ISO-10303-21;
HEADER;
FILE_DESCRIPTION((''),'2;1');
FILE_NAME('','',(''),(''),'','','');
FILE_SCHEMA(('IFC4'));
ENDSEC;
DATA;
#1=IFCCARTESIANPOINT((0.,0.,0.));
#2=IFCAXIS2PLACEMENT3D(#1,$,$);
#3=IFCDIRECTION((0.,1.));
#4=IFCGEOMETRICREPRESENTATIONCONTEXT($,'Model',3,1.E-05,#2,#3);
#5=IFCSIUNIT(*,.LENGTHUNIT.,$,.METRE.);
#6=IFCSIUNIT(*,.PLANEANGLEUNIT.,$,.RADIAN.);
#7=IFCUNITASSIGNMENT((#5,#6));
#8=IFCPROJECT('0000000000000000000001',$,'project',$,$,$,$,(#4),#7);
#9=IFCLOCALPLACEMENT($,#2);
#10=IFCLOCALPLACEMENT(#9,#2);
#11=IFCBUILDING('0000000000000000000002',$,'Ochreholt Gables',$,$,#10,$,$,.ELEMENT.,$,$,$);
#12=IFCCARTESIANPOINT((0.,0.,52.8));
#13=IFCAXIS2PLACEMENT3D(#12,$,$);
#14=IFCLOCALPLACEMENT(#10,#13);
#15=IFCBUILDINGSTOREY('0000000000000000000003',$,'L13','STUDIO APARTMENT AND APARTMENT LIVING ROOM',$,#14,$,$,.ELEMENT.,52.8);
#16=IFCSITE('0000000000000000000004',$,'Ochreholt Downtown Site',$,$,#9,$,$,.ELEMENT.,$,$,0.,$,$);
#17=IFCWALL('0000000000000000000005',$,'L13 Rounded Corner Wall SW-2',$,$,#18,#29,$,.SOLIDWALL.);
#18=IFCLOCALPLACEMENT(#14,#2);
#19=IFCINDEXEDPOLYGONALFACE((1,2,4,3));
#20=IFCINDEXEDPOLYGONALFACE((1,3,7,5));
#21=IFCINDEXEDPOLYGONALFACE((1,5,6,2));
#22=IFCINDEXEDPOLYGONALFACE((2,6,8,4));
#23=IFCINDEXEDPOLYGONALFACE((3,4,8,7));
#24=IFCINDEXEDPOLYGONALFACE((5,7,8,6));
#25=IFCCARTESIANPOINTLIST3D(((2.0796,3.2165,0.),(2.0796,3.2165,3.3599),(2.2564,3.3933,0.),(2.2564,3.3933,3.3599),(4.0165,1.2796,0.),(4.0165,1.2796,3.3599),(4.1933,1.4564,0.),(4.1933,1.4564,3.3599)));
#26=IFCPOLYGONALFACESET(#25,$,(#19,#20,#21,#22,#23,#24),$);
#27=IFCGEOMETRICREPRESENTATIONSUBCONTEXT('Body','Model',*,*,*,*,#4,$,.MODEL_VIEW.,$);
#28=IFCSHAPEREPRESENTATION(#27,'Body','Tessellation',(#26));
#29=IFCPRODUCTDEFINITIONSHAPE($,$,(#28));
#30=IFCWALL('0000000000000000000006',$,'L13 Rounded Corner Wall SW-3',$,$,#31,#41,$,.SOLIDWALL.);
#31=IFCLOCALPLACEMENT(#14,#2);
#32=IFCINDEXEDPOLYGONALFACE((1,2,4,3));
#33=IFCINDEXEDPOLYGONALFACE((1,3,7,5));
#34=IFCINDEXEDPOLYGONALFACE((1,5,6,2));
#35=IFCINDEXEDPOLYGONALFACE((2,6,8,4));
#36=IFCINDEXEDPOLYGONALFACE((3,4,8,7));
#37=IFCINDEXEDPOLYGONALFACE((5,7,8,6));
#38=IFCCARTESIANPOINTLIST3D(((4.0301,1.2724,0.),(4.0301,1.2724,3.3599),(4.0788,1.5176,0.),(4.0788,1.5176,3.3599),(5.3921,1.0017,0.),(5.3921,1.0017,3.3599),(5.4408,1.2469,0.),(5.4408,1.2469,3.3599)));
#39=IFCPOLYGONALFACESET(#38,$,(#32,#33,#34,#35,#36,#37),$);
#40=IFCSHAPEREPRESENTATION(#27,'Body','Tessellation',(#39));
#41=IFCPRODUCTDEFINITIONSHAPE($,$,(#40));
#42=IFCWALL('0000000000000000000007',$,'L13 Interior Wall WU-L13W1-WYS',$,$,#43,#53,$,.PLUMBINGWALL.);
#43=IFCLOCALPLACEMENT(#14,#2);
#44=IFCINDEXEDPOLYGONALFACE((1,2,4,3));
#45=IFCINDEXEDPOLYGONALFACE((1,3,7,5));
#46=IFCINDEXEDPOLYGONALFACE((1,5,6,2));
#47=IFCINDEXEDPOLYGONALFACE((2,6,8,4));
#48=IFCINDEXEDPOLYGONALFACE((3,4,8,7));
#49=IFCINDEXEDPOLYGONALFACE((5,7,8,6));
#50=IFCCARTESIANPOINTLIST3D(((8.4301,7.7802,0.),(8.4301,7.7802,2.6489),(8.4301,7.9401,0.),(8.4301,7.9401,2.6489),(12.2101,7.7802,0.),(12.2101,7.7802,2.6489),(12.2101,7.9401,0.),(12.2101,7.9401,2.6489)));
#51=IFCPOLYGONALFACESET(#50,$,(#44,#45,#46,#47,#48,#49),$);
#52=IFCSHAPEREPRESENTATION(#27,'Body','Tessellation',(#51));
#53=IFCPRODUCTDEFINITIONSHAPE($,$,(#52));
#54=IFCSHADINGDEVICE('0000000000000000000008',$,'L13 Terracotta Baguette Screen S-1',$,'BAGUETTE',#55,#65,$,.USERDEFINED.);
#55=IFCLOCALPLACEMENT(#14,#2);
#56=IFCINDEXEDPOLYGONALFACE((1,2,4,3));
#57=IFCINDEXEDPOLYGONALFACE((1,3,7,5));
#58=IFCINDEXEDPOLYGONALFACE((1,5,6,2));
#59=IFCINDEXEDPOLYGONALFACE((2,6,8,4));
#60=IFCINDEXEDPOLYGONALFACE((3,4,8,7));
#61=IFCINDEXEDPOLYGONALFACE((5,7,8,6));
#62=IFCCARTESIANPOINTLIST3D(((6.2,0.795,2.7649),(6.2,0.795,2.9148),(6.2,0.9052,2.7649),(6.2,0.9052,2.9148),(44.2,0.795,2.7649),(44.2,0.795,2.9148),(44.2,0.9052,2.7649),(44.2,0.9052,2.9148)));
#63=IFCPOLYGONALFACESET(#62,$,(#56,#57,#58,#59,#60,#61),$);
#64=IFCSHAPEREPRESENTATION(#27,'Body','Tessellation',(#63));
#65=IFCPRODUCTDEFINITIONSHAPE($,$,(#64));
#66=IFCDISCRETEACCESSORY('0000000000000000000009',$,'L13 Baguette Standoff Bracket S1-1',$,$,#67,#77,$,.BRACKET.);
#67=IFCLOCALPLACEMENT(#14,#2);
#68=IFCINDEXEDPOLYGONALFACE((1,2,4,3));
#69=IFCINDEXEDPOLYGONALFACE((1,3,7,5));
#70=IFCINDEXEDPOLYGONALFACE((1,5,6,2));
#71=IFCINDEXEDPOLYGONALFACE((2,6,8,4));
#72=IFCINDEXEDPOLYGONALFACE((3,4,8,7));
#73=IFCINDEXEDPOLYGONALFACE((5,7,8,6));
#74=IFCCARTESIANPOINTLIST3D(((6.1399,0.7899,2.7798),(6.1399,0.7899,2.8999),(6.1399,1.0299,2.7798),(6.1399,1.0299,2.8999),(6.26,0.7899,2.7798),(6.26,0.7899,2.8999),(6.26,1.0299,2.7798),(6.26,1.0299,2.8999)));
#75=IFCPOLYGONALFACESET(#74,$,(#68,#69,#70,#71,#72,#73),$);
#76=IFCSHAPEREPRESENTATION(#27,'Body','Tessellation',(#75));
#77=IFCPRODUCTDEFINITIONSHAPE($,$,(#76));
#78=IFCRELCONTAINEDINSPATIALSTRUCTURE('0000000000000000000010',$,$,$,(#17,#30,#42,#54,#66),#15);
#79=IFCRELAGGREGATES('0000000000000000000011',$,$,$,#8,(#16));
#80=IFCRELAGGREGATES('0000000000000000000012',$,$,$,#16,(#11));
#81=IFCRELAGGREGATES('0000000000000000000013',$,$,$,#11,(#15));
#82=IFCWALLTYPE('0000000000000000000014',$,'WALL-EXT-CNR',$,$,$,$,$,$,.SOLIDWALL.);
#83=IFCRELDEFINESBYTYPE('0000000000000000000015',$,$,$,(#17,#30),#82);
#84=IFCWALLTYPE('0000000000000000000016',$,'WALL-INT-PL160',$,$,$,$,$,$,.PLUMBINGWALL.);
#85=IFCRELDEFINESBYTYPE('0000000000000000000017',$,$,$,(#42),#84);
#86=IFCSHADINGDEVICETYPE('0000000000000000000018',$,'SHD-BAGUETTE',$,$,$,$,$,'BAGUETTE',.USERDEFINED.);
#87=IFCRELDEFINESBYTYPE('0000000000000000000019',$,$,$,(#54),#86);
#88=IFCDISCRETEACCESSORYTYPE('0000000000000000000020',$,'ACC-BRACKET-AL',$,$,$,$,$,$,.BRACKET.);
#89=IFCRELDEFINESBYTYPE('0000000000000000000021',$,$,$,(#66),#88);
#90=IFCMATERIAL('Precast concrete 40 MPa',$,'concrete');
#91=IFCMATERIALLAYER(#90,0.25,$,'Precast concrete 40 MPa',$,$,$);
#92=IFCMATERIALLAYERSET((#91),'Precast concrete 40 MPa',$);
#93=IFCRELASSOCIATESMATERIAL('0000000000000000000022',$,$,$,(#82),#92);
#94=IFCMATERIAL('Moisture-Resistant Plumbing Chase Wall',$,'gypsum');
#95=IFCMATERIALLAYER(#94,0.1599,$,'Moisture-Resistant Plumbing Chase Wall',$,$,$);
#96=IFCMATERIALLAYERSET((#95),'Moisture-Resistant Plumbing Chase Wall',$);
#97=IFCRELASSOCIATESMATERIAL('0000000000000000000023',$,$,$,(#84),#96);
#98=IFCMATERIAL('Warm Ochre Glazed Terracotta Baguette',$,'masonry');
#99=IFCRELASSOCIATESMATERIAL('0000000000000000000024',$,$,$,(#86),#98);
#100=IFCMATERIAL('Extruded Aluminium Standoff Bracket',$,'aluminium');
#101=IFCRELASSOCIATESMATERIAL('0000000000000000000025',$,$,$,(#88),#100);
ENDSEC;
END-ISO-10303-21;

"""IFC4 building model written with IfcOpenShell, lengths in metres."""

from ifc_helpers import new_model, si_unit, direction, frame, frame_2d, origin, origin_2d, place, context, subcontext, project, spatial, rectangle, extrude, material, layer, layer_set, material_profile, profile_set, type_object, element, save


model = new_model("IFC4")

# Units and contexts
model_context = context("Model", 3, precision=1e-05, world=origin(), true_north=direction((0.0, 1.0)))
body_context = subcontext(model_context, "Body", "Model", "MODEL_VIEW")
ifc_project = project(units=[si_unit("LENGTHUNIT", "METRE"), si_unit("PLANEANGLEUNIT", "RADIAN")], contexts=[model_context])

# Site, building, storey
site_placement = place(None, origin())
site = spatial("IfcSite", under=ifc_project, at=site_placement, Name="Ochreholt Downtown Site", CompositionType="ELEMENT", RefElevation=0.0)
building_placement = place(site_placement, origin())
building = spatial("IfcBuilding", under=site, at=building_placement, Name="Ochreholt Gables", CompositionType="ELEMENT")
storey_placement = place(building_placement, frame((0.0, 0.0, 52.8)))
storey = spatial("IfcBuildingStorey", under=building, at=storey_placement, Name="L13", Description="STUDIO APARTMENT AND APARTMENT LIVING ROOM", CompositionType="ELEMENT", Elevation=52.8)

# Shared definitions
ifc_material_1 = material(Name="Precast concrete 40 MPa", Category="concrete")

# Walls
ifc_layer_1 = layer(ifc_material_1, 0.25, Name="Precast concrete 40 MPa")
ifc_layer_set_1 = layer_set([ifc_layer_1], Name="Precast concrete 40 MPa")
wall_type_1 = type_object("IfcWallType", Name="WALL-EXT-CNR", PredefinedType="SOLIDWALL", material=ifc_layer_set_1)
wall_1_placement = place(storey_placement, frame((2.168, 3.3049, 0.0), z_axis=(0.0, 0.0, 1.0), x_axis=(0.707107, -0.707107, 0.0)))
element("IfcWall", 1, at=wall_1_placement, inside=storey, type_object=wall_type_1, Name="L13 Rounded Corner Wall SW-2", PredefinedType="SOLIDWALL", context=body_context, shape_type="SweptSolid", body=[
    extrude(rectangle(XDim=2.7393, YDim=0.25, at=frame_2d((1.3696, 0.0))), origin(), (0.0, 0.0, 1.0), 3.3599),
])
wall_2_placement = place(storey_placement, frame((4.0544, 1.395, 0.0), z_axis=(0.0, 0.0, 1.0), x_axis=(0.98081, -0.194967, 0.0)))
element("IfcWall", 2, at=wall_2_placement, inside=storey, type_object=wall_type_1, Name="L13 Rounded Corner Wall SW-3", PredefinedType="SOLIDWALL", context=body_context, shape_type="SweptSolid", body=[
    extrude(rectangle(XDim=1.3887, YDim=0.25, at=frame_2d((0.6943, 0.0))), origin(), (0.0, 0.0, 1.0), 3.3599),
])
ifc_material_2 = material(Name="Moisture-Resistant Plumbing Chase Wall", Category="gypsum")
ifc_layer_2 = layer(ifc_material_2, 0.1599, Name="Moisture-Resistant Plumbing Chase Wall")
ifc_layer_set_2 = layer_set([ifc_layer_2], Name="Moisture-Resistant Plumbing Chase Wall")
wall_type_2 = type_object("IfcWallType", Name="WALL-INT-PL160", PredefinedType="PLUMBINGWALL", material=ifc_layer_set_2)
wall_3_placement = place(storey_placement, frame((8.4299, 7.8601, 0.0), z_axis=(0.0, 0.0, 1.0), x_axis=(1.0, 0.0, 0.0)))
element("IfcWall", 3, at=wall_3_placement, inside=storey, type_object=wall_type_2, Name="L13 Interior Wall WU-L13W1-WYS", PredefinedType="PLUMBINGWALL", context=body_context, shape_type="SweptSolid", body=[
    extrude(rectangle(XDim=3.78, YDim=0.1599, at=frame_2d((1.8901, 0.0))), origin(), (0.0, 0.0, 1.0), 2.6489),
])

# Shading device
ifc_material_3 = material(Name="Warm Ochre Glazed Terracotta Baguette", Category="masonry")
ifc_material_profile_1 = material_profile(ifc_material_3, rectangle(XDim=0.1101, YDim=0.1499, at=origin_2d()), Name="TCBAG110X150")
ifc_profile_set_1 = profile_set([ifc_material_profile_1], Name="Warm Ochre Glazed Terracotta Baguette")
shading_device_type = type_object("IfcShadingDeviceType", Name="SHD-BAGUETTE", ElementType="BAGUETTE", PredefinedType="USERDEFINED", material=ifc_profile_set_1)
shading_device_placement = place(storey_placement, frame((6.2, 0.8501, 2.8398), z_axis=(1.0, 0.0, 0.0), x_axis=(0.0, 1.0, 0.0)))
element("IfcShadingDevice", 4, at=shading_device_placement, inside=storey, type_object=shading_device_type, Name="L13 Terracotta Baguette Screen S-1", ObjectType="BAGUETTE", PredefinedType="USERDEFINED", context=body_context, shape_type="SweptSolid", body=[
    extrude(rectangle(XDim=0.1101, YDim=0.1499, at=origin_2d()), origin(), (0.0, 0.0, 1.0), 38.0),
])

# Discrete accessory
ifc_material_4 = material(Name="Extruded Aluminium Standoff Bracket", Category="aluminium")
discrete_accessory_type = type_object("IfcDiscreteAccessoryType", Name="ACC-BRACKET-AL", PredefinedType="BRACKET", material=ifc_material_4)
discrete_accessory_placement = place(storey_placement, frame((6.2, 0.9099, 2.7798), z_axis=(0.0, 0.0, 1.0), x_axis=(1.0, 0.0, 0.0)))
element("IfcDiscreteAccessory", 5, at=discrete_accessory_placement, inside=storey, type_object=discrete_accessory_type, Name="L13 Baguette Standoff Bracket S1-1", PredefinedType="BRACKET", context=body_context, shape_type="SweptSolid", body=[
    extrude(rectangle(XDim=0.1201, YDim=0.24, at=origin_2d()), origin(), (0.0, 0.0, 1.0), 0.1201),
])

save(model, "model.ifc")
